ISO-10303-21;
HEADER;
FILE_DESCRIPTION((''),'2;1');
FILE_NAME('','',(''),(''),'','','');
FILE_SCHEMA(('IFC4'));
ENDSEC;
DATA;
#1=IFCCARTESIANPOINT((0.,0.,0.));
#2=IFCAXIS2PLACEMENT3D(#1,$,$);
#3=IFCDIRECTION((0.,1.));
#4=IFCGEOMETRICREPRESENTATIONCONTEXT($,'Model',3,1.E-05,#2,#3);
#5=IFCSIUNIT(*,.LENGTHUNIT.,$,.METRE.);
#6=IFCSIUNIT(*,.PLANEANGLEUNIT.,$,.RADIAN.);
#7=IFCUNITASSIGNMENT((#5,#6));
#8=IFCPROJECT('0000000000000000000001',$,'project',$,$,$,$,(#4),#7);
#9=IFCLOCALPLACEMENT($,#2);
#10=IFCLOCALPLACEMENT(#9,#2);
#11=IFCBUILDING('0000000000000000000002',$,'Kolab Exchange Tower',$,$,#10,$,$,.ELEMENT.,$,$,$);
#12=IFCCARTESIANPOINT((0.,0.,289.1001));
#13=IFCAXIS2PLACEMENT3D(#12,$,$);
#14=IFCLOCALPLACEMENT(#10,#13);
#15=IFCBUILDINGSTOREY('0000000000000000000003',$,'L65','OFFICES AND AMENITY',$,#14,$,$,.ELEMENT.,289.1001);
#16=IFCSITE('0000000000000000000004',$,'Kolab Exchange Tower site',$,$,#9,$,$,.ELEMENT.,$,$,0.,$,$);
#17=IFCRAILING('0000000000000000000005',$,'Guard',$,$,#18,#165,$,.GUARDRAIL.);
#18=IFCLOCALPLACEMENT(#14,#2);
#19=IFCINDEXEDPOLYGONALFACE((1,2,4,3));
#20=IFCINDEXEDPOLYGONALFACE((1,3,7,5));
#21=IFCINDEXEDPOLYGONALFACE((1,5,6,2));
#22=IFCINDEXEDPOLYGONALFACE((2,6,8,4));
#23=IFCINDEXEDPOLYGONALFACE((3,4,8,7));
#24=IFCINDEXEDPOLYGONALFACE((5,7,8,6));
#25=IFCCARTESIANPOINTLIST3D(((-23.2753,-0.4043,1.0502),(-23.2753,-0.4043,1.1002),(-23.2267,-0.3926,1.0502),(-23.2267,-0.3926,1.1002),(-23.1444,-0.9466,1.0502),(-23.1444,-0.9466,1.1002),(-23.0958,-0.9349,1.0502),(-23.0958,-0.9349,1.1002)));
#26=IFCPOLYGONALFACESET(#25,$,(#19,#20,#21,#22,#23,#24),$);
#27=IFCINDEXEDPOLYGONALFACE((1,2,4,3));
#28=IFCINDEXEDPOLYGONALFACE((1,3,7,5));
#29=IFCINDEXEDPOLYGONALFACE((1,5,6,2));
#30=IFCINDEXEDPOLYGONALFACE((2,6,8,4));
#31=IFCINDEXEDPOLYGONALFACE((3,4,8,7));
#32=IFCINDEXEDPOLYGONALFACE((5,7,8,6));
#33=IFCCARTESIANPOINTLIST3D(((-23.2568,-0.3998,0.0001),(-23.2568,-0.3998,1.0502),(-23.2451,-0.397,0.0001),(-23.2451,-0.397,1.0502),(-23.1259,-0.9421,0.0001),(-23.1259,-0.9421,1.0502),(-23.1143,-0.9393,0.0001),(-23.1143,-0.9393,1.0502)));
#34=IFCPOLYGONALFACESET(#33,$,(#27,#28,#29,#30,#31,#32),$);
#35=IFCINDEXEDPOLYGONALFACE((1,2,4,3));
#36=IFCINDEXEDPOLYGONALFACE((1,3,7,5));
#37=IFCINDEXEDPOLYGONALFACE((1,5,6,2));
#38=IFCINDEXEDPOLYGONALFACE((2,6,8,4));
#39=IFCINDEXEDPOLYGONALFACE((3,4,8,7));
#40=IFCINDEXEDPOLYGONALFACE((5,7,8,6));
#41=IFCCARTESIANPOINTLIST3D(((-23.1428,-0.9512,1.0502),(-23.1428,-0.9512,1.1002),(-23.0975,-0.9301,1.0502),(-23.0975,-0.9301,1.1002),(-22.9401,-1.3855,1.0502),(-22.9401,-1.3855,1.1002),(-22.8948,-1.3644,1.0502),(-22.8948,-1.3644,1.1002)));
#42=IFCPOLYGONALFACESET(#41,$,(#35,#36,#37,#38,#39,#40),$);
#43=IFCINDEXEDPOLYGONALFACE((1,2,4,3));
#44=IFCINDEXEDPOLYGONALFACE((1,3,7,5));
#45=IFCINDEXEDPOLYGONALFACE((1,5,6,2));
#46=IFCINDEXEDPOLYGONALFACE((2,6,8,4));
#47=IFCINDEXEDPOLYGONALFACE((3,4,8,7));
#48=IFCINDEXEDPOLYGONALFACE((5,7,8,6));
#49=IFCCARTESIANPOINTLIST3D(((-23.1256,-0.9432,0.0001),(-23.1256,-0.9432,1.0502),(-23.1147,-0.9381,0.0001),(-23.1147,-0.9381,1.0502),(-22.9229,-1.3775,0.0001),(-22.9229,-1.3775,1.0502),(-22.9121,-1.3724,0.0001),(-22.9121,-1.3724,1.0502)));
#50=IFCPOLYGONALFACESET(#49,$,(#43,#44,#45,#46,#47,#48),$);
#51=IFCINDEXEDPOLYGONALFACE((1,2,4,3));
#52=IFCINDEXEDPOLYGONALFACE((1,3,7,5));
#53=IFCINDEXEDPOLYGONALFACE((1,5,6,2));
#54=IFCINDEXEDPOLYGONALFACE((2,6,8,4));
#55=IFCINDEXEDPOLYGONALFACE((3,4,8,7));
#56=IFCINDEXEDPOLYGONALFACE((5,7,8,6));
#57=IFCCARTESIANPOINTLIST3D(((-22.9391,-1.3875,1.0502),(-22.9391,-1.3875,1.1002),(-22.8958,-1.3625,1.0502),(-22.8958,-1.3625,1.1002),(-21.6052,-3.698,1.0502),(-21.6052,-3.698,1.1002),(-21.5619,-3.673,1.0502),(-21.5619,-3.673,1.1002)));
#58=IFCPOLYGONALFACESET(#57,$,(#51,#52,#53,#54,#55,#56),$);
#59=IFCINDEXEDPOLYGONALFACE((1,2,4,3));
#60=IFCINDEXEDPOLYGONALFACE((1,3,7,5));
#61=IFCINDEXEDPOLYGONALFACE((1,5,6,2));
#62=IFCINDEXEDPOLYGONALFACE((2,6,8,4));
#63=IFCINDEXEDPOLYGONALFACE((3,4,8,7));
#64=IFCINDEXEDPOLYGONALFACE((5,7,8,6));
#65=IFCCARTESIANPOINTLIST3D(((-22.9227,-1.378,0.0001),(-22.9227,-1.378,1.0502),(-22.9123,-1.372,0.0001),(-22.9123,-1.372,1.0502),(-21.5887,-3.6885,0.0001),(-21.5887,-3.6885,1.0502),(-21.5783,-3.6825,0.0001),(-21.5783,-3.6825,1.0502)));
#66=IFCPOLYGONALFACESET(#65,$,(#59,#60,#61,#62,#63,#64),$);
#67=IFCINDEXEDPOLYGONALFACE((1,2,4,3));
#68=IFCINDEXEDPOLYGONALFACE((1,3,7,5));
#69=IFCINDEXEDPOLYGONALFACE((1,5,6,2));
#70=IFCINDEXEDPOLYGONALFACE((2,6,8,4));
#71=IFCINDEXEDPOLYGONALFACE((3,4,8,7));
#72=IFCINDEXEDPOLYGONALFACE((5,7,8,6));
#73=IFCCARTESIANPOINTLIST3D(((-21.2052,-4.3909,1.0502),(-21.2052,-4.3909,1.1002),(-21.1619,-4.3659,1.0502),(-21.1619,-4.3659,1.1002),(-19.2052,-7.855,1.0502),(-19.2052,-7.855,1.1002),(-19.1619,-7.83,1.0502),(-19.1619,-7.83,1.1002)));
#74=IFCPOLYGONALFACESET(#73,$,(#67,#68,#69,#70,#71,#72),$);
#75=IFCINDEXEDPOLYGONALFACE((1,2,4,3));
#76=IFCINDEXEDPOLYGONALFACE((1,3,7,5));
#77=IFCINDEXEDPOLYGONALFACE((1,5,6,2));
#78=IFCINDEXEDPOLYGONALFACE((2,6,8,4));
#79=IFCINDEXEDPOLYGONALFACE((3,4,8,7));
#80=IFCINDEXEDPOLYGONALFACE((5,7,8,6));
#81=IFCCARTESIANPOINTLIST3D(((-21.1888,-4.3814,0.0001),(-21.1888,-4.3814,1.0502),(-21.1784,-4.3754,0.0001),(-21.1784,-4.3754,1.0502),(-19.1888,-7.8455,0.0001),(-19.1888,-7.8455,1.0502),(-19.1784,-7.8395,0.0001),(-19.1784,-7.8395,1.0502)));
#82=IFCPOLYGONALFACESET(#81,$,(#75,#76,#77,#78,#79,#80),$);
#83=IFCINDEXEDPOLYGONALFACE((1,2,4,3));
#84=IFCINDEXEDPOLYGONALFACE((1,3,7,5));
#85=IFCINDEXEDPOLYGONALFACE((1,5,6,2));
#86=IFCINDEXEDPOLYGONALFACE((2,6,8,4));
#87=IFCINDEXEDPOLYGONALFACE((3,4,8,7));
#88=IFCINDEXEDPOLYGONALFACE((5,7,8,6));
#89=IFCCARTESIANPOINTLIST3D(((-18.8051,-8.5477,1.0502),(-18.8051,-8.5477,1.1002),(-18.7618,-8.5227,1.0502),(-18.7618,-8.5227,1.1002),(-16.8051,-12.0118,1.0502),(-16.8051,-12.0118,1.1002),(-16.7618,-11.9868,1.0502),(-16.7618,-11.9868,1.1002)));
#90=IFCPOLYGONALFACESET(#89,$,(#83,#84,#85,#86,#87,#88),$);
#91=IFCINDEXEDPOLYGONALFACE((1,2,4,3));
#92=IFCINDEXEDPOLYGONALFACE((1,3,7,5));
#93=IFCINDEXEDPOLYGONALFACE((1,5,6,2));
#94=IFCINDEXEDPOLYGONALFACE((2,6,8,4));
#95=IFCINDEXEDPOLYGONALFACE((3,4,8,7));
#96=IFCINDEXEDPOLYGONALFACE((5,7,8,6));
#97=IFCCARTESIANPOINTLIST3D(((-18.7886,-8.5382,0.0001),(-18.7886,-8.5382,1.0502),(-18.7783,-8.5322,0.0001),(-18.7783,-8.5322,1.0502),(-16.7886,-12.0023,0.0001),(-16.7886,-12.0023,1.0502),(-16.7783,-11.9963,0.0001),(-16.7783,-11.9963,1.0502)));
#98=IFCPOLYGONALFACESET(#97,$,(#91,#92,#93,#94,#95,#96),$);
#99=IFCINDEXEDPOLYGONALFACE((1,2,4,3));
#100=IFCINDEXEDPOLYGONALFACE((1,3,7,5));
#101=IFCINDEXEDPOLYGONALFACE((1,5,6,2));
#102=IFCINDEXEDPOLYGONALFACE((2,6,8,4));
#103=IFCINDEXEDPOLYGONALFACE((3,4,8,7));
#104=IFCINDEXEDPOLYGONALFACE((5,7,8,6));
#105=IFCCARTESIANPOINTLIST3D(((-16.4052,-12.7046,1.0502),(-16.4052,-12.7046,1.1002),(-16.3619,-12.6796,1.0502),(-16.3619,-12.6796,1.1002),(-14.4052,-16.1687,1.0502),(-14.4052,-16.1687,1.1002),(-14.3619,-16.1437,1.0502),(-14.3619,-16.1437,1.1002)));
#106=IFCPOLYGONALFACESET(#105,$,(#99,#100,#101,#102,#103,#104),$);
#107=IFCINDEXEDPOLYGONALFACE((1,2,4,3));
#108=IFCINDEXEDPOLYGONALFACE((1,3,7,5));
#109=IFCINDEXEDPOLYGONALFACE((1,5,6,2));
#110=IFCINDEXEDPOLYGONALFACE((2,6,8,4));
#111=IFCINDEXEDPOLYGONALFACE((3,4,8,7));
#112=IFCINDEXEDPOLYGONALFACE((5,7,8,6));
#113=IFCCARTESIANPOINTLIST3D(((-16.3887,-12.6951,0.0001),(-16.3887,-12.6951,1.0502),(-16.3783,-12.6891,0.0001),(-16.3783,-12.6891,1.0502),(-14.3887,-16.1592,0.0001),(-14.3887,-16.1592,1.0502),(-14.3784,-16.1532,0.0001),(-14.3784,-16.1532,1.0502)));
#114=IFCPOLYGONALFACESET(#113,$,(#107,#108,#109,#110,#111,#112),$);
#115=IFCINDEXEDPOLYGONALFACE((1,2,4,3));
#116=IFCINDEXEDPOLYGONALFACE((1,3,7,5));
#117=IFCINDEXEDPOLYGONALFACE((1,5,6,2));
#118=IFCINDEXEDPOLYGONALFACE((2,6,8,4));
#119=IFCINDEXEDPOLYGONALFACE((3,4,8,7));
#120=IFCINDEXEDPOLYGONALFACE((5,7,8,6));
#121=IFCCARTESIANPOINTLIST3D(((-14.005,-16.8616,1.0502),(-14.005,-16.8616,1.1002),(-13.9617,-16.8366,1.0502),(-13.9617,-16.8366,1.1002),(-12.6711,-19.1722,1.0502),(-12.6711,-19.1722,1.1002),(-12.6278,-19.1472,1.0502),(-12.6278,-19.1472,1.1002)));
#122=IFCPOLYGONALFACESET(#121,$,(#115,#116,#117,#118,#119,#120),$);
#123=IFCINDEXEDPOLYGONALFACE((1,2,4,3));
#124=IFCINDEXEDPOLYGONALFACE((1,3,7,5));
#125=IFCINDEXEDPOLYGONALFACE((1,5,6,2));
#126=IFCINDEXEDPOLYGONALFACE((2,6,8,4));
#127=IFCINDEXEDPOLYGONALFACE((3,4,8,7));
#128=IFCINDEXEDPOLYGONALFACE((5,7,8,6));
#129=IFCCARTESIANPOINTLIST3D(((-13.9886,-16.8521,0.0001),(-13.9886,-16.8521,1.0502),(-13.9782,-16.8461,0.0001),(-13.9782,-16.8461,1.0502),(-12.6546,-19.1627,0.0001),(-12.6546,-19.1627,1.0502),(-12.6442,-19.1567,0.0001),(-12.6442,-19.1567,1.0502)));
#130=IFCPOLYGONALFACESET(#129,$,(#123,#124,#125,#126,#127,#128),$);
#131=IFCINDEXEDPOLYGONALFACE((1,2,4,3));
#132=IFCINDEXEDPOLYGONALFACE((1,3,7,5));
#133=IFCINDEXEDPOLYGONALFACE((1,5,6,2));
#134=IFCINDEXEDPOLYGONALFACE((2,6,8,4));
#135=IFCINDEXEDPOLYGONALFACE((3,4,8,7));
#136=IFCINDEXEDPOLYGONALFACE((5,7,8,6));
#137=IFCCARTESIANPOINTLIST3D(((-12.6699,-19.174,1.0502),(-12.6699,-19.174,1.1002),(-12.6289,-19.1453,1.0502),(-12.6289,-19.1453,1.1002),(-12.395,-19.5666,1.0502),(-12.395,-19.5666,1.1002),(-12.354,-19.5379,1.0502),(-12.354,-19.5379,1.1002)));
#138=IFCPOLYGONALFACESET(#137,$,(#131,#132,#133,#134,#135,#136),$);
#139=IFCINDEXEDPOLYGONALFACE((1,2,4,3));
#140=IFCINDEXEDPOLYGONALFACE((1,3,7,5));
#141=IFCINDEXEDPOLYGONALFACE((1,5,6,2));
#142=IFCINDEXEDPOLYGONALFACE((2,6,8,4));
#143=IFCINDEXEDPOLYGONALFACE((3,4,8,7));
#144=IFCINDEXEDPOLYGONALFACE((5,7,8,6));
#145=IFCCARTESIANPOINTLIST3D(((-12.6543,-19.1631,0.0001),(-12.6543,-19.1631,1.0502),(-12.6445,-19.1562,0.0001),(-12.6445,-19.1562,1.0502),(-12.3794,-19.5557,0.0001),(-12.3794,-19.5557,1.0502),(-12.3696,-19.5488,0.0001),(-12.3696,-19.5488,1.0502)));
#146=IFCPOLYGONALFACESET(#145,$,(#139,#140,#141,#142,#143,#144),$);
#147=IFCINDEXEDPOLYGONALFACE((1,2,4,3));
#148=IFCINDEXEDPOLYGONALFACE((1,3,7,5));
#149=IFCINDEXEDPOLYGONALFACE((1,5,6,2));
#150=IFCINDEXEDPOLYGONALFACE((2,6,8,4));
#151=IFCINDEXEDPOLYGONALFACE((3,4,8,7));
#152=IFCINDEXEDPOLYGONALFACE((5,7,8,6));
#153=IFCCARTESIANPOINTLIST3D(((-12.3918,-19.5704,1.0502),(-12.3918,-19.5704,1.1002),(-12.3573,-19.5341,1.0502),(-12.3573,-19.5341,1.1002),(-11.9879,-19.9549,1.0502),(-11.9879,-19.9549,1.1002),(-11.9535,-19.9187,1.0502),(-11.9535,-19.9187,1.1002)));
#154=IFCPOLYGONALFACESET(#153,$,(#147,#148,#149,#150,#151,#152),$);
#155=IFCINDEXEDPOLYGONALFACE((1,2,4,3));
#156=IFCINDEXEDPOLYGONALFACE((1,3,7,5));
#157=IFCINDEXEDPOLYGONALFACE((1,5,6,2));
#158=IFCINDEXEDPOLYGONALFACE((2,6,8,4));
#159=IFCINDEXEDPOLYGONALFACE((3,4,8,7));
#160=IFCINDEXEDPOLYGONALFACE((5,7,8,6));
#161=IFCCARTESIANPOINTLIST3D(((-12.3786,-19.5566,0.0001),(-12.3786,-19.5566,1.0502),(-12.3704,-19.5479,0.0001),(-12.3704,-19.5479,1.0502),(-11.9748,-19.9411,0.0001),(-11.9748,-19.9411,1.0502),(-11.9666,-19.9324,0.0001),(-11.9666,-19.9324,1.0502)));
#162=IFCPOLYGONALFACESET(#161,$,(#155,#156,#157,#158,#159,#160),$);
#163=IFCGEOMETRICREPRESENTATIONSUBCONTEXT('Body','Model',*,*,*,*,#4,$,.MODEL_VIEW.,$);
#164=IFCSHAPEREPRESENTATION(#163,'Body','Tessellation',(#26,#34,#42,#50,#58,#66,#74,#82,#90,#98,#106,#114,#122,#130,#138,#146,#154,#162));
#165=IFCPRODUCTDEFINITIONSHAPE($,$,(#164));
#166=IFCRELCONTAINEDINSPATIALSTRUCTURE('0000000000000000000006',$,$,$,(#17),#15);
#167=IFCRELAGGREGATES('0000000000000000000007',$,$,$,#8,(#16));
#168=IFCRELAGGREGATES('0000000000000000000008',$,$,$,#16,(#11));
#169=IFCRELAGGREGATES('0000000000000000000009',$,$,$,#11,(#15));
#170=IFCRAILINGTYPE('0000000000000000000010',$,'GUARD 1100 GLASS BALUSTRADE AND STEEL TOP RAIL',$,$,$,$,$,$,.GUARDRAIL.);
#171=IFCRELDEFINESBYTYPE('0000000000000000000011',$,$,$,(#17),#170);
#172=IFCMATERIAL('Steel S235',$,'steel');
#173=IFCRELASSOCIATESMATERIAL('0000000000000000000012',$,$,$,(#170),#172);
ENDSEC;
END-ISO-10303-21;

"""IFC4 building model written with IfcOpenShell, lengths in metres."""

from ifc_helpers import new_model, si_unit, direction, frame, frame_2d, origin, origin_2d, place, context, subcontext, project, spatial, rectangle, extrude, material, type_object, element, save


model = new_model("IFC4")

# Units and contexts
model_context = context("Model", 3, precision=1e-05, world=origin(), true_north=direction((0.0, 1.0)))
body_context = subcontext(model_context, "Body", "Model", "MODEL_VIEW")
ifc_project = project(units=[si_unit("LENGTHUNIT", "METRE"), si_unit("PLANEANGLEUNIT", "RADIAN")], contexts=[model_context])

# Site, building, storey
site_placement = place(None, origin())
site = spatial("IfcSite", under=ifc_project, at=site_placement, Name="Kolab Exchange Tower site", CompositionType="ELEMENT", RefElevation=0.0)
building_placement = place(site_placement, origin())
building = spatial("IfcBuilding", under=site, at=building_placement, Name="Kolab Exchange Tower", CompositionType="ELEMENT")
storey_placement = place(building_placement, frame((0.0, 0.0, 289.1001)))
storey = spatial("IfcBuildingStorey", under=building, at=storey_placement, Name="L65", Description="OFFICES AND AMENITY", CompositionType="ELEMENT", Elevation=289.1001)

# Railing
ifc_material_1 = material(Name="Steel S235", Category="steel")
railing_type = type_object("IfcRailingType", Name="GUARD 1100 GLASS BALUSTRADE AND STEEL TOP RAIL", PredefinedType="GUARDRAIL", material=ifc_material_1)
railing_placement = place(storey_placement, frame((-23.251, -0.3984, 0.0)))
element("IfcRailing", 1, at=railing_placement, inside=storey, type_object=railing_type, Name="Guard", PredefinedType="GUARDRAIL", context=body_context, shape_type="SweptSolid", body=[
    extrude(rectangle(XDim=0.05, YDim=0.05, at=origin_2d()), frame((0.0, 0.0, 1.0752), z_axis=(0.234598, -0.972093, 0.0), x_axis=(0.972093, 0.234598, 0.0)), (0.0, 0.0, 1.0), 0.5579),
    extrude(rectangle(XDim=0.012, YDim=1.0501, at=frame_2d((0.0, 0.5251))), frame((0.0, 0.0, 0.0), z_axis=(0.234598, -0.972093, 0.0), x_axis=(0.972093, 0.234598, 0.0)), (0.0, 0.0, 1.0), 0.5579),
    extrude(rectangle(XDim=0.05, YDim=0.05, at=origin_2d()), frame((0.1309, -0.5422, 1.0752), z_axis=(0.422802, -0.906222, 0.0), x_axis=(0.906222, 0.422802, 0.0)), (0.0, 0.0, 1.0), 0.4792),
    extrude(rectangle(XDim=0.012, YDim=1.0501, at=frame_2d((0.0, 0.5251))), frame((0.1309, -0.5422, 0.0), z_axis=(0.422802, -0.906222, 0.0), x_axis=(0.906222, 0.422802, 0.0)), (0.0, 0.0, 1.0), 0.4792),
    extrude(rectangle(XDim=0.05, YDim=0.05, at=origin_2d()), frame((0.3335, -0.9766, 1.0752), z_axis=(0.499997, -0.866027, 0.0), x_axis=(0.866027, 0.499997, 0.0)), (0.0, 0.0, 1.0), 2.668),
    extrude(rectangle(XDim=0.012, YDim=1.0501, at=frame_2d((0.0, 0.5251))), frame((0.3335, -0.9766, 0.0), z_axis=(0.499997, -0.866027, 0.0), x_axis=(0.866027, 0.499997, 0.0)), (0.0, 0.0, 1.0), 2.668),
    extrude(rectangle(XDim=0.05, YDim=0.05, at=origin_2d()), frame((2.0674, -3.98, 1.0752), z_axis=(0.499999, -0.866026, 0.0), x_axis=(0.866026, 0.499999, 0.0)), (0.0, 0.0, 1.0), 4.0),
    extrude(rectangle(XDim=0.012, YDim=1.0501, at=frame_2d((0.0, 0.5251))), frame((2.0674, -3.98, 0.0), z_axis=(0.499999, -0.866026, 0.0), x_axis=(0.866026, 0.499999, 0.0)), (0.0, 0.0, 1.0), 4.0),
    extrude(rectangle(XDim=0.05, YDim=0.05, at=origin_2d()), frame((4.4675, -8.1367, 1.0752), z_axis=(0.499999, -0.866026, 0.0), x_axis=(0.866026, 0.499999, 0.0)), (0.0, 0.0, 1.0), 4.0),
    extrude(rectangle(XDim=0.012, YDim=1.0501, at=frame_2d((0.0, 0.5251))), frame((4.4675, -8.1367, 0.0), z_axis=(0.499999, -0.866026, 0.0), x_axis=(0.866026, 0.499999, 0.0)), (0.0, 0.0, 1.0), 4.0),
    extrude(rectangle(XDim=0.05, YDim=0.05, at=origin_2d()), frame((6.8674, -12.2937, 1.0752), z_axis=(0.499999, -0.866026, 0.0), x_axis=(0.866026, 0.499999, 0.0)), (0.0, 0.0, 1.0), 4.0),
    extrude(rectangle(XDim=0.012, YDim=1.0501, at=frame_2d((0.0, 0.5251))), frame((6.8674, -12.2937, 0.0), z_axis=(0.499999, -0.866026, 0.0), x_axis=(0.866026, 0.499999, 0.0)), (0.0, 0.0, 1.0), 4.0),
    extrude(rectangle(XDim=0.05, YDim=0.05, at=origin_2d()), frame((9.2676, -16.4507, 1.0752), z_axis=(0.499997, -0.866027, 0.0), x_axis=(0.866027, 0.499997, 0.0)), (0.0, 0.0, 1.0), 2.668),
    extrude(rectangle(XDim=0.012, YDim=1.0501, at=frame_2d((0.0, 0.5251))), frame((9.2676, -16.4507, 0.0), z_axis=(0.499997, -0.866027, 0.0), x_axis=(0.866027, 0.499997, 0.0)), (0.0, 0.0, 1.0), 2.668),
    extrude(rectangle(XDim=0.05, YDim=0.05, at=origin_2d()), frame((10.6016, -18.7612, 1.0752), z_axis=(0.573599, -0.819136, 0.0), x_axis=(0.819136, 0.573599, 0.0)), (0.0, 0.0, 1.0), 0.4792),
    extrude(rectangle(XDim=0.012, YDim=1.0501, at=frame_2d((0.0, 0.5251))), frame((10.6016, -18.7612, 0.0), z_axis=(0.573599, -0.819136, 0.0), x_axis=(0.819136, 0.573599, 0.0)), (0.0, 0.0, 1.0), 0.4792),
    extrude(rectangle(XDim=0.05, YDim=0.05, at=origin_2d()), frame((10.8765, -19.1538, 1.0752), z_axis=(0.72419, -0.689601, 0.0), x_axis=(0.689601, 0.72419, 0.0)), (0.0, 0.0, 1.0), 0.5576),
    extrude(rectangle(XDim=0.012, YDim=1.0501, at=frame_2d((0.0, 0.5251))), frame((10.8765, -19.1538, 0.0), z_axis=(0.72419, -0.689601, 0.0), x_axis=(0.689601, 0.72419, 0.0)), (0.0, 0.0, 1.0), 0.5576),
])

save(model, "model.ifc")
